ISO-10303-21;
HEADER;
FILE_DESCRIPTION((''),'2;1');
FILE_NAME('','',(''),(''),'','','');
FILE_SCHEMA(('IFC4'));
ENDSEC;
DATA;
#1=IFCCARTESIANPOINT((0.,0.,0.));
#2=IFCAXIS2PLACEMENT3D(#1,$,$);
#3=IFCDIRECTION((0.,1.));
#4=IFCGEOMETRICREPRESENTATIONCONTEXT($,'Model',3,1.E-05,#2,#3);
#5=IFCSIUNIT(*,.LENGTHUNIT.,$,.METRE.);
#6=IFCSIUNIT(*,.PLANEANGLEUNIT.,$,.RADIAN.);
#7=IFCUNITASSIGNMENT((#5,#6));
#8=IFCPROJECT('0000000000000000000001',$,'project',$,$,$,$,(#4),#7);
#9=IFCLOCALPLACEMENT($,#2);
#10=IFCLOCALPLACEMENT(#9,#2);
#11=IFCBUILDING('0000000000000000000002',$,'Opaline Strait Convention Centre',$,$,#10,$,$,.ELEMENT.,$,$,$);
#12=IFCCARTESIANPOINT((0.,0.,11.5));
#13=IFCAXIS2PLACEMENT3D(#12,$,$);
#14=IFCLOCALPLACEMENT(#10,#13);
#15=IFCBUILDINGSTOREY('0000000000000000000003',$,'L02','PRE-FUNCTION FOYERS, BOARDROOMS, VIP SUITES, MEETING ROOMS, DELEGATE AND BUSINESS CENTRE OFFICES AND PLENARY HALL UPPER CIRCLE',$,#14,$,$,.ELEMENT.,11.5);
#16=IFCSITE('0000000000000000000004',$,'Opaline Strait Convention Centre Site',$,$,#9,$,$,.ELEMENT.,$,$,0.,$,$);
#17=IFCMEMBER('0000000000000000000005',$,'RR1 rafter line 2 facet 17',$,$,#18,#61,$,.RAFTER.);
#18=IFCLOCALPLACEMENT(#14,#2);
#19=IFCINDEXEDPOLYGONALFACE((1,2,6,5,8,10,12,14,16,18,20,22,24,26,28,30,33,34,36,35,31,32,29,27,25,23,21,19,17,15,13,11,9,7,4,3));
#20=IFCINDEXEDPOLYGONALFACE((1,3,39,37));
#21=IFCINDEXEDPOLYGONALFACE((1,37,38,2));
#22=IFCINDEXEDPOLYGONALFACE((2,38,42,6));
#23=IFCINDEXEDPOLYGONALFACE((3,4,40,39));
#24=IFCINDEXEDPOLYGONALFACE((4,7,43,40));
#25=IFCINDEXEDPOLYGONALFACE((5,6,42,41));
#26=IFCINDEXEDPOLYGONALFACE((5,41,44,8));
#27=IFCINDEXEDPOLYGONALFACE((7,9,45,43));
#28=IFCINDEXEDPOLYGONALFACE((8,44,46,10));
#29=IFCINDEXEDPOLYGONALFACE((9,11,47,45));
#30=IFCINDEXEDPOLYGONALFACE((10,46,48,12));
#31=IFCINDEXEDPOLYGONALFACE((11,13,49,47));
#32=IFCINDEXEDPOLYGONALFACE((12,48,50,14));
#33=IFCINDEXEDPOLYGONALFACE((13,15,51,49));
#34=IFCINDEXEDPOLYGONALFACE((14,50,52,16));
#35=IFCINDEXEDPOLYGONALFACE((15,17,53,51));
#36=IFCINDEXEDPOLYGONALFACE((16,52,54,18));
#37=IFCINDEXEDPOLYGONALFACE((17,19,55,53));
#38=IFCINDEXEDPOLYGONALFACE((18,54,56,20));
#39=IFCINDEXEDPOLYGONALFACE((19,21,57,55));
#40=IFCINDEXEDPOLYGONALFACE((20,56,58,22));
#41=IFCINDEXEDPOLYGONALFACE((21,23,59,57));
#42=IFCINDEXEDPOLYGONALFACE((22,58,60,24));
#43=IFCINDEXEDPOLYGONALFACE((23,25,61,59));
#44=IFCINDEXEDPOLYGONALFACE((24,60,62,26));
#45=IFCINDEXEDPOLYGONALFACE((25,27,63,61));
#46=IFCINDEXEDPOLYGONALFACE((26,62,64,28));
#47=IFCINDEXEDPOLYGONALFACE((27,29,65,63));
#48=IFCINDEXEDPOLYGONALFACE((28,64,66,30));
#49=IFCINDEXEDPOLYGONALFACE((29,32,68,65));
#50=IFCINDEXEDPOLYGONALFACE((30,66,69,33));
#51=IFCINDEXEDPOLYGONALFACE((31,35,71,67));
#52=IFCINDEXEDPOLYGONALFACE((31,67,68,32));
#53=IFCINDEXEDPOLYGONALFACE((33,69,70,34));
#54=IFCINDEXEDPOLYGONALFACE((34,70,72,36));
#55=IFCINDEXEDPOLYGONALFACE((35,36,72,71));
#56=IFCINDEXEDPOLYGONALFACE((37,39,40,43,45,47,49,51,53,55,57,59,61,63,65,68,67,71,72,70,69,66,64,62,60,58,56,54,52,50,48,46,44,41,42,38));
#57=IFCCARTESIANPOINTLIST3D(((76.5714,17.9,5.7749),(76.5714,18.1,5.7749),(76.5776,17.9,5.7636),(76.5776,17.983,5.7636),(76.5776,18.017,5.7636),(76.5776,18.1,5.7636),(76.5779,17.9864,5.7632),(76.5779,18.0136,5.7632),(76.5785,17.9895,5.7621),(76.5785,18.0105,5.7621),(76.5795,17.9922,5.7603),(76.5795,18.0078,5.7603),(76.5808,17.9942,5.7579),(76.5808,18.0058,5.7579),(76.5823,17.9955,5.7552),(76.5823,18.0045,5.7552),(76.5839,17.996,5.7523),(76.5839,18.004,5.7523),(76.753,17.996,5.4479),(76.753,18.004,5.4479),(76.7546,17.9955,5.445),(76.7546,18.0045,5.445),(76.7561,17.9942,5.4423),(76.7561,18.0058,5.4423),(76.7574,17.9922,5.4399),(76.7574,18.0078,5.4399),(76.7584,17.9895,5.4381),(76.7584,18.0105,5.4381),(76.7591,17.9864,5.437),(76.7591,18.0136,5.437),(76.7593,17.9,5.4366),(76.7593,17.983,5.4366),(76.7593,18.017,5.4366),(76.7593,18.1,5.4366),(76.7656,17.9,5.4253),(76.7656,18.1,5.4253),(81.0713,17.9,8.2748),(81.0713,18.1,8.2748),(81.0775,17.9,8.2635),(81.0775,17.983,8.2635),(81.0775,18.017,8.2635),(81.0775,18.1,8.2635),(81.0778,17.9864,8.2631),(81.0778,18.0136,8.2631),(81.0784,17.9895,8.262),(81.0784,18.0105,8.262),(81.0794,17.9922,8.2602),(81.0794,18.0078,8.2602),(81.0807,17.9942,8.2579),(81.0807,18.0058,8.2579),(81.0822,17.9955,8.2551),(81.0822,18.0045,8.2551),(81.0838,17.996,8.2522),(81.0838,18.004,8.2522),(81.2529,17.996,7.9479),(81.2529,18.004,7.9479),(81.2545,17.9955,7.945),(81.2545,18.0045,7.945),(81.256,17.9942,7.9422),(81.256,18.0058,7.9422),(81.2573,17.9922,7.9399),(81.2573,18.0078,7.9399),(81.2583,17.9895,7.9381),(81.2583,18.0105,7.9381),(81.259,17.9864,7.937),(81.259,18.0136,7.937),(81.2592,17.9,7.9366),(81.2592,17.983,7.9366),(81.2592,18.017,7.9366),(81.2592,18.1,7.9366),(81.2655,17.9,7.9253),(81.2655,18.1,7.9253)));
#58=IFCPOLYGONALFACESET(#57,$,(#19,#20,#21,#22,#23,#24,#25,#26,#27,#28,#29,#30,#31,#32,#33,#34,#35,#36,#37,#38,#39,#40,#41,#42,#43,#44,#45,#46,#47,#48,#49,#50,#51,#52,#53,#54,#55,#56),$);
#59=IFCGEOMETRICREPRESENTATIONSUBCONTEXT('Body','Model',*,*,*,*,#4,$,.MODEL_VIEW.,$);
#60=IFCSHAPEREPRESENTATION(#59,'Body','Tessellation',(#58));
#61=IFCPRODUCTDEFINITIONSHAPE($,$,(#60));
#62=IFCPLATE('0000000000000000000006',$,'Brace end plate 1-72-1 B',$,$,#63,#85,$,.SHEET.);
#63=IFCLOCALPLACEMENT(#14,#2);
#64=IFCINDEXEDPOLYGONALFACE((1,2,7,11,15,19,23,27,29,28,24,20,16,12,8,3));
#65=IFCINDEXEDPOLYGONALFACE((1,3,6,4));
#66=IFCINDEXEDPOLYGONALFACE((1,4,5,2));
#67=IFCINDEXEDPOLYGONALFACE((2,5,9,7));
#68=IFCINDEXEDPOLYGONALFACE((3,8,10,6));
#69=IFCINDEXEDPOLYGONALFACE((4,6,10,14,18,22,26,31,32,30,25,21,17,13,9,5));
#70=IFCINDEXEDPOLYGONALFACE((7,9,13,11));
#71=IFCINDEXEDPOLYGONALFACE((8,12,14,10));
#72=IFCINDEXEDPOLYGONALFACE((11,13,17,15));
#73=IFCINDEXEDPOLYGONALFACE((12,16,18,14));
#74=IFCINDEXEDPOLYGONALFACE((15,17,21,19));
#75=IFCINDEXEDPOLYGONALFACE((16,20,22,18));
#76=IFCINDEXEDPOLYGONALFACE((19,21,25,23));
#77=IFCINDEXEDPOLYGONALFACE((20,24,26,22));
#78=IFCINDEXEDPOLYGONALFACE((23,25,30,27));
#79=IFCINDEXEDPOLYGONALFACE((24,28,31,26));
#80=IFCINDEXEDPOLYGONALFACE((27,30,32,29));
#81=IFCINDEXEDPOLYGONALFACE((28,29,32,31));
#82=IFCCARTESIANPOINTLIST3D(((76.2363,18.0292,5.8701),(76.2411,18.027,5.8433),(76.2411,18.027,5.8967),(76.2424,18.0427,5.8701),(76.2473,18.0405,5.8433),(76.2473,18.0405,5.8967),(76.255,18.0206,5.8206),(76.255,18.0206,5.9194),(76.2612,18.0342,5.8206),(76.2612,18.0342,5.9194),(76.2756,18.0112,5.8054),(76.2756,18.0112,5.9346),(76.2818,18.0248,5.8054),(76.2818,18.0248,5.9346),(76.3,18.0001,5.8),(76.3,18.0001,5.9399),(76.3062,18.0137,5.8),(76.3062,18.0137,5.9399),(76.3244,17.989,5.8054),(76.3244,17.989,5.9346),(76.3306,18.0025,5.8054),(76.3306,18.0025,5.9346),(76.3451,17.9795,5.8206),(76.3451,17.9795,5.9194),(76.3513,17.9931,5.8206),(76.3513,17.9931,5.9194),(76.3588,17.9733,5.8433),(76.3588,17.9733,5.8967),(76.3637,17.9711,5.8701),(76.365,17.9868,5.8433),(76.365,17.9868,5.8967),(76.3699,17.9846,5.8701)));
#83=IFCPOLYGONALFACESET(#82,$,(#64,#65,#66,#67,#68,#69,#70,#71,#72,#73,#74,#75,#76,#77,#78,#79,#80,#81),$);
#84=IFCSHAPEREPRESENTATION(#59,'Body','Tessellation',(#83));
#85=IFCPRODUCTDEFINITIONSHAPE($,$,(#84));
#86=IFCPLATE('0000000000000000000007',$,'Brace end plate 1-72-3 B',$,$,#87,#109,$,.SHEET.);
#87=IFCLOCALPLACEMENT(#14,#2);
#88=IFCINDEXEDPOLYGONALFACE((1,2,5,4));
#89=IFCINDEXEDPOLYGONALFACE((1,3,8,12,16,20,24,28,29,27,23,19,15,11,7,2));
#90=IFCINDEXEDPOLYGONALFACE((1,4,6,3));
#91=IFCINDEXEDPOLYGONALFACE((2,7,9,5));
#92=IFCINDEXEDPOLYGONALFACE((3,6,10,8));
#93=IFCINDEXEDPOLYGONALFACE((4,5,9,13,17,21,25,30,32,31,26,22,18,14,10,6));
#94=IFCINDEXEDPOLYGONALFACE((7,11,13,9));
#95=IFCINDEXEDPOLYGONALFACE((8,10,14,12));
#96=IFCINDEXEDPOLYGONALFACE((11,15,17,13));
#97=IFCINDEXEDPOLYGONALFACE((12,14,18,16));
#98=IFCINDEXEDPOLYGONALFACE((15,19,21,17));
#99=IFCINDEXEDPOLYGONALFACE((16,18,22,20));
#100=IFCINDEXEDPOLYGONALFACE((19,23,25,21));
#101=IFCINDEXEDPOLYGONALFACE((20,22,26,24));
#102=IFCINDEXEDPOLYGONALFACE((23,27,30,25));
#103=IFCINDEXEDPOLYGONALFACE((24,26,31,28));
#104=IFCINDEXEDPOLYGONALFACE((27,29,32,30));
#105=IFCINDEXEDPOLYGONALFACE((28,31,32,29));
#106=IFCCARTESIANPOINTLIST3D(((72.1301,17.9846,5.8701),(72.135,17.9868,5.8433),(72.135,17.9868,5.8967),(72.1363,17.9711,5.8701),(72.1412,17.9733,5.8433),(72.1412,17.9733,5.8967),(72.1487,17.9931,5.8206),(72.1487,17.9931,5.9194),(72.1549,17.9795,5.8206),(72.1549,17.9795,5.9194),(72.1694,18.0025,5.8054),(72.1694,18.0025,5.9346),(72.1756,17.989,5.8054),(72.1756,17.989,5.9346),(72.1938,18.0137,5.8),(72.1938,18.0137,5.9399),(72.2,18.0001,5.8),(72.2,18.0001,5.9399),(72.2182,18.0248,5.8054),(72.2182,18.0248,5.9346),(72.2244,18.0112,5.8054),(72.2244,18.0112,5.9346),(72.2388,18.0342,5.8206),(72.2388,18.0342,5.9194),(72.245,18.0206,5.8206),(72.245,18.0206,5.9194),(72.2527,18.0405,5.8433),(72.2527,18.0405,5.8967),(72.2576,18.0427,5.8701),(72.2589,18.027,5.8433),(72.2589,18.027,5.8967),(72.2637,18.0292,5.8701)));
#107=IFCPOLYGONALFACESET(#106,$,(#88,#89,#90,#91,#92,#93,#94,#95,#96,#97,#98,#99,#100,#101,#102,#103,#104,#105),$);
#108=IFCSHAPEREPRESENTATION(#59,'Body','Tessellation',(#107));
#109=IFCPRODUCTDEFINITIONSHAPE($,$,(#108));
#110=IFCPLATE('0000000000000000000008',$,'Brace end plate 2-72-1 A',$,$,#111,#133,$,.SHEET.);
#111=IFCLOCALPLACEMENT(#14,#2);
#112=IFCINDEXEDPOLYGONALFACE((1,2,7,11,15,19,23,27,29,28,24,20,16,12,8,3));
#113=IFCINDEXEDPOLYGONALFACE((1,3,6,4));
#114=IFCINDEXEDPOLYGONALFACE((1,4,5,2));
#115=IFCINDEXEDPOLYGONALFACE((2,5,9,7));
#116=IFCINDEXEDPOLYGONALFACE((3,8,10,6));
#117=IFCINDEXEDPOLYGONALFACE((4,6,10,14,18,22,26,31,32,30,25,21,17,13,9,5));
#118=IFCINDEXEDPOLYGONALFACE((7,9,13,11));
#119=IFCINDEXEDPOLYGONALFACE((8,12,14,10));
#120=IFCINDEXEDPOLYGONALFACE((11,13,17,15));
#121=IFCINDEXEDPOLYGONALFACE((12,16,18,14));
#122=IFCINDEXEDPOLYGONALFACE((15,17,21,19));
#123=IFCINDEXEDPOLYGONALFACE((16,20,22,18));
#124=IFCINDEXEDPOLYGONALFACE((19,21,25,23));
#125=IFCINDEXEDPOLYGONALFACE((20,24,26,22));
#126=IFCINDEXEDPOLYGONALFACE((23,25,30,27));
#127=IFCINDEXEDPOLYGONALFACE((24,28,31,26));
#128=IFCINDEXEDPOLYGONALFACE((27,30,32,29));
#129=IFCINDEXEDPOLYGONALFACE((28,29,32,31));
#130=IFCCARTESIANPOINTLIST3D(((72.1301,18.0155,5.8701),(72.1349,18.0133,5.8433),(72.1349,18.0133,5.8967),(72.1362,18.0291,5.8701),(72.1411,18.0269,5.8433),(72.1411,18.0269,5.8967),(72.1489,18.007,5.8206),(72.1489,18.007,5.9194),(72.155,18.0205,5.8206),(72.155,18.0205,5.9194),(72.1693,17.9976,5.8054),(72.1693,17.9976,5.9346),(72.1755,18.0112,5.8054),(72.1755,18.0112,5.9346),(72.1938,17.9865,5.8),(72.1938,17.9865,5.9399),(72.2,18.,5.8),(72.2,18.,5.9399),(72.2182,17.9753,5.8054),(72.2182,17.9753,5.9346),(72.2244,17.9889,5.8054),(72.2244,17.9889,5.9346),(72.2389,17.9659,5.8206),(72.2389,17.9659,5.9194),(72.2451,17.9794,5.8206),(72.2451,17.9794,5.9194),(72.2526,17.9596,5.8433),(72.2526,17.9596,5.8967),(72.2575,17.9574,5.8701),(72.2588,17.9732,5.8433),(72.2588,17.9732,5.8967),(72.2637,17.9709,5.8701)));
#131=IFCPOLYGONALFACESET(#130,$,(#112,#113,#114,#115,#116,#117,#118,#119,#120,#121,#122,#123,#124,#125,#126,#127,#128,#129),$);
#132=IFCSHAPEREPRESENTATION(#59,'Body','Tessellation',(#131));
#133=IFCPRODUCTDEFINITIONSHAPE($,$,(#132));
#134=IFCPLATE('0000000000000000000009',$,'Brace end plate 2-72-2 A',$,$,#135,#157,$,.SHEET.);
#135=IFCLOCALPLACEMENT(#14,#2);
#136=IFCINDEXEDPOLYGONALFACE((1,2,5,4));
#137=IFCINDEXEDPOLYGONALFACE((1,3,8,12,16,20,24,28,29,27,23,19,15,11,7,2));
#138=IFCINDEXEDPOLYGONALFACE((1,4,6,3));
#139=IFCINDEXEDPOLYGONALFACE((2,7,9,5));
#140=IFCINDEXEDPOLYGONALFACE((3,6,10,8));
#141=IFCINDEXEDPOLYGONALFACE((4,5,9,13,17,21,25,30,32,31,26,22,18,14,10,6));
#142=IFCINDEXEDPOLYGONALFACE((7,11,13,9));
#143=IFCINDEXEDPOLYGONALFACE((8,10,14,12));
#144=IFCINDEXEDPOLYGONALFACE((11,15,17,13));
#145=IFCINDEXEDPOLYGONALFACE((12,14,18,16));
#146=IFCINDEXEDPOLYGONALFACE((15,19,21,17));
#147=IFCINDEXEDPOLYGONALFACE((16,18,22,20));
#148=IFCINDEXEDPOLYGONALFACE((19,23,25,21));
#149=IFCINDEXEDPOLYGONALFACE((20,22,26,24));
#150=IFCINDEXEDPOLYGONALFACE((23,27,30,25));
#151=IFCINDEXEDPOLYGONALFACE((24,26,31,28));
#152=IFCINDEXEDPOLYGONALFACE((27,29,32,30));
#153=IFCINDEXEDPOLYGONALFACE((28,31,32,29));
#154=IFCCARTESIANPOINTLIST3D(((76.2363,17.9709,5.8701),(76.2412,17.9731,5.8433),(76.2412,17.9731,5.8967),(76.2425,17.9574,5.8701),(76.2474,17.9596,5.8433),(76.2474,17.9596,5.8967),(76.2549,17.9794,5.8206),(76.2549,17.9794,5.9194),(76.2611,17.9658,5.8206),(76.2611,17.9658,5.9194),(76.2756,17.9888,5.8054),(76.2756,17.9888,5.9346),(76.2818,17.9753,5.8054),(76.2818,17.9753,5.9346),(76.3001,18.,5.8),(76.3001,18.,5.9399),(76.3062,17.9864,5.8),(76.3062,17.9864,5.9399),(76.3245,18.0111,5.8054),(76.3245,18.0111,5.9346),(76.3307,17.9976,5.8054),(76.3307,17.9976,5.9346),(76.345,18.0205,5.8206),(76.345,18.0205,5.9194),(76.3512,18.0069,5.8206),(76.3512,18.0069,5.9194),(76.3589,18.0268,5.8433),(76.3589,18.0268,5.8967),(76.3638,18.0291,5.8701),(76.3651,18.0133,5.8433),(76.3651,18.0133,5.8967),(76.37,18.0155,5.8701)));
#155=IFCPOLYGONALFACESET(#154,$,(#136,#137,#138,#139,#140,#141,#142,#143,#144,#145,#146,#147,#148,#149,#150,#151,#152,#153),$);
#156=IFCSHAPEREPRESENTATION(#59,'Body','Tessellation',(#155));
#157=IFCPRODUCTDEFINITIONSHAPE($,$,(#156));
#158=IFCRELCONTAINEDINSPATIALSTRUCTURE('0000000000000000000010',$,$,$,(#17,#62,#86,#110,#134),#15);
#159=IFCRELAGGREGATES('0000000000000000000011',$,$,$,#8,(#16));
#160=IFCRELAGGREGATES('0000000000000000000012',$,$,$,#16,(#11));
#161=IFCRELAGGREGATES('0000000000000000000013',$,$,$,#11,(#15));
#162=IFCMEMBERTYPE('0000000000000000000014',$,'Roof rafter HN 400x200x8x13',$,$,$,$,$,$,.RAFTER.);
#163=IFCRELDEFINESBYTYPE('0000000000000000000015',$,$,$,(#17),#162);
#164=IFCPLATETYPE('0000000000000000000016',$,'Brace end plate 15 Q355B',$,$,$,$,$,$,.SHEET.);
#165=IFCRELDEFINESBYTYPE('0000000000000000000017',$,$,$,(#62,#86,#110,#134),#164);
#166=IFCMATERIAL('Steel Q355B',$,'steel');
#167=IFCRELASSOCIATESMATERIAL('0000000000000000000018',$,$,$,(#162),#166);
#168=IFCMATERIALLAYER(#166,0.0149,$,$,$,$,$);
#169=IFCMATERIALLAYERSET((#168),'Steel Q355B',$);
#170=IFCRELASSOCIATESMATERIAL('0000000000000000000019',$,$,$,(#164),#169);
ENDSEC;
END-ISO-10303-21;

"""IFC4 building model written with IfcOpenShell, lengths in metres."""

from ifc_helpers import new_model, si_unit, direction, frame, origin, origin_2d, place, context, subcontext, project, spatial, polyline, i_section, outline, extrude, material, layer, layer_set, material_profile, profile_set, type_object, element, save


model = new_model("IFC4")

# Units and contexts
model_context = context("Model", 3, precision=1e-05, world=origin(), true_north=direction((0.0, 1.0)))
body_context = subcontext(model_context, "Body", "Model", "MODEL_VIEW")
ifc_project = project(units=[si_unit("LENGTHUNIT", "METRE"), si_unit("PLANEANGLEUNIT", "RADIAN")], contexts=[model_context])

# Site, building, storey
site_placement = place(None, origin())
site = spatial("IfcSite", under=ifc_project, at=site_placement, Name="Opaline Strait Convention Centre Site", CompositionType="ELEMENT", RefElevation=0.0)
building_placement = place(site_placement, origin())
building = spatial("IfcBuilding", under=site, at=building_placement, Name="Opaline Strait Convention Centre", CompositionType="ELEMENT")
storey_placement = place(building_placement, frame((0.0, 0.0, 11.5)))
storey = spatial("IfcBuildingStorey", under=building, at=storey_placement, Name="L02", Description="PRE-FUNCTION FOYERS, BOARDROOMS, VIP SUITES, MEETING ROOMS, DELEGATE AND BUSINESS CENTRE OFFICES AND PLENARY HALL UPPER CIRCLE", CompositionType="ELEMENT", Elevation=11.5)

# Shared definitions
ifc_material_1 = material(Name="Steel Q355B", Category="steel")

# Member
ifc_material_profile_1 = material_profile(ifc_material_1, i_section(OverallWidth=0.2, OverallDepth=0.3999, WebThickness=0.0081, FlangeThickness=0.0129, FilletRadius=0.0129, at=origin_2d()), Name="HN 400x200x8x13")
ifc_profile_set_1 = profile_set([ifc_material_profile_1], Name="Steel Q355B")
member_type_1 = type_object("IfcMemberType", Name="Roof rafter HN 400x200x8x13", PredefinedType="RAFTER", material=ifc_profile_set_1)
member_1_placement = place(storey_placement, frame((76.6685, 18.0, 5.6001), z_axis=(0.874157, 0.0, 0.485643), x_axis=(0.0, 1.0, 0.0)))
element("IfcMember", 1, at=member_1_placement, inside=storey, type_object=member_type_1, Name="RR1 rafter line 2 facet 17", PredefinedType="RAFTER", context=body_context, shape_type="SweptSolid", body=[
    extrude(i_section(OverallWidth=0.2, OverallDepth=0.3999, WebThickness=0.0081, FlangeThickness=0.0129, FilletRadius=0.0129, at=origin_2d()), origin(), (0.0, 0.0, 1.0), 5.1477),
])

# Plates
ifc_layer_1 = layer(ifc_material_1, 0.0149)
ifc_layer_set_1 = layer_set([ifc_layer_1], Name="Steel Q355B")
plate_type = type_object("IfcPlateType", Name="Brace end plate 15 Q355B", PredefinedType="SHEET", material=ifc_layer_set_1)
plate_1_placement = place(storey_placement, frame((76.3699, 17.9846, 5.8701), z_axis=(0.414837, 0.909896, 0.0), x_axis=(-0.177911, 0.081112, -0.980698)))
element("IfcPlate", 2, at=plate_1_placement, inside=storey, type_object=plate_type, Name="Brace end plate 1-72-1 B", PredefinedType="SHEET", context=body_context, shape_type="SweptSolid", body=[
    extrude(outline(polyline([(0.0, 0.0), (0.0274, 0.0), (0.0526, 0.0103), (0.0719, 0.0297), (0.0824, 0.055), (0.0824, 0.0823), (0.072, 0.1074), (0.0527, 0.1269), (0.0274, 0.1374), (0.0002, 0.1373), (-0.025, 0.1268), (-0.0443, 0.1075), (-0.0548, 0.0823), (-0.0548, 0.0549), (-0.0444, 0.0297), (-0.0251, 0.0105), (0.0, 0.0)])), origin(), (0.0, 0.0, -1.0), 0.0149),
])
plate_2_placement = place(storey_placement, frame((72.2576, 18.0427, 5.8701), z_axis=(-0.414837, 0.909896, 0.0), x_axis=(-0.177911, -0.081112, -0.980698)))
element("IfcPlate", 3, at=plate_2_placement, inside=storey, type_object=plate_type, Name="Brace end plate 1-72-3 B", PredefinedType="SHEET", context=body_context, shape_type="SweptSolid", body=[
    extrude(outline(polyline([(0.0, 0.0), (0.0274, 0.0), (0.0526, 0.0106), (0.0719, 0.0298), (0.0824, 0.055), (0.0824, 0.0824), (0.072, 0.1076), (0.0527, 0.1269), (0.0274, 0.1374), (0.0002, 0.1373), (-0.025, 0.127), (-0.0443, 0.1076), (-0.0548, 0.0823), (-0.0548, 0.055), (-0.0443, 0.0299), (-0.0251, 0.0105), (0.0, 0.0)])), origin(), (0.0, 0.0, -1.0), 0.0149),
])
plate_3_placement = place(storey_placement, frame((72.2637, 17.9709, 5.8701), z_axis=(0.415113, 0.90977, 0.0), x_axis=(-0.177886, 0.081166, -0.980698)))
element("IfcPlate", 4, at=plate_3_placement, inside=storey, type_object=plate_type, Name="Brace end plate 2-72-1 A", PredefinedType="SHEET", context=body_context, shape_type="SweptSolid", body=[
    extrude(outline(polyline([(0.0, 0.0), (0.0274, 0.0), (0.0526, 0.0103), (0.0719, 0.0297), (0.0824, 0.055), (0.0824, 0.0824), (0.072, 0.1074), (0.0527, 0.1269), (0.0274, 0.1374), (0.0002, 0.1373), (-0.025, 0.1268), (-0.0443, 0.1076), (-0.0548, 0.0823), (-0.0548, 0.0549), (-0.0444, 0.0297), (-0.0251, 0.0105), (0.0, 0.0)])), origin(), (0.0, 0.0, -1.0), 0.0149),
])
plate_4_placement = place(storey_placement, frame((76.3638, 18.0291, 5.8701), z_axis=(-0.415113, 0.90977, 0.0), x_axis=(-0.177886, -0.081166, -0.980698)))
element("IfcPlate", 5, at=plate_4_placement, inside=storey, type_object=plate_type, Name="Brace end plate 2-72-2 A", PredefinedType="SHEET", context=body_context, shape_type="SweptSolid", body=[
    extrude(outline(polyline([(0.0, 0.0), (0.0274, 0.0), (0.0526, 0.0106), (0.0719, 0.0297), (0.0824, 0.055), (0.0824, 0.0824), (0.072, 0.1076), (0.0527, 0.1269), (0.0274, 0.1374), (0.0002, 0.1373), (-0.025, 0.127), (-0.0443, 0.1076), (-0.0548, 0.0823), (-0.0548, 0.0549), (-0.0443, 0.0299), (-0.0251, 0.0105), (0.0, 0.0)])), origin(), (0.0, 0.0, -1.0), 0.0149),
])

save(model, "model.ifc")
